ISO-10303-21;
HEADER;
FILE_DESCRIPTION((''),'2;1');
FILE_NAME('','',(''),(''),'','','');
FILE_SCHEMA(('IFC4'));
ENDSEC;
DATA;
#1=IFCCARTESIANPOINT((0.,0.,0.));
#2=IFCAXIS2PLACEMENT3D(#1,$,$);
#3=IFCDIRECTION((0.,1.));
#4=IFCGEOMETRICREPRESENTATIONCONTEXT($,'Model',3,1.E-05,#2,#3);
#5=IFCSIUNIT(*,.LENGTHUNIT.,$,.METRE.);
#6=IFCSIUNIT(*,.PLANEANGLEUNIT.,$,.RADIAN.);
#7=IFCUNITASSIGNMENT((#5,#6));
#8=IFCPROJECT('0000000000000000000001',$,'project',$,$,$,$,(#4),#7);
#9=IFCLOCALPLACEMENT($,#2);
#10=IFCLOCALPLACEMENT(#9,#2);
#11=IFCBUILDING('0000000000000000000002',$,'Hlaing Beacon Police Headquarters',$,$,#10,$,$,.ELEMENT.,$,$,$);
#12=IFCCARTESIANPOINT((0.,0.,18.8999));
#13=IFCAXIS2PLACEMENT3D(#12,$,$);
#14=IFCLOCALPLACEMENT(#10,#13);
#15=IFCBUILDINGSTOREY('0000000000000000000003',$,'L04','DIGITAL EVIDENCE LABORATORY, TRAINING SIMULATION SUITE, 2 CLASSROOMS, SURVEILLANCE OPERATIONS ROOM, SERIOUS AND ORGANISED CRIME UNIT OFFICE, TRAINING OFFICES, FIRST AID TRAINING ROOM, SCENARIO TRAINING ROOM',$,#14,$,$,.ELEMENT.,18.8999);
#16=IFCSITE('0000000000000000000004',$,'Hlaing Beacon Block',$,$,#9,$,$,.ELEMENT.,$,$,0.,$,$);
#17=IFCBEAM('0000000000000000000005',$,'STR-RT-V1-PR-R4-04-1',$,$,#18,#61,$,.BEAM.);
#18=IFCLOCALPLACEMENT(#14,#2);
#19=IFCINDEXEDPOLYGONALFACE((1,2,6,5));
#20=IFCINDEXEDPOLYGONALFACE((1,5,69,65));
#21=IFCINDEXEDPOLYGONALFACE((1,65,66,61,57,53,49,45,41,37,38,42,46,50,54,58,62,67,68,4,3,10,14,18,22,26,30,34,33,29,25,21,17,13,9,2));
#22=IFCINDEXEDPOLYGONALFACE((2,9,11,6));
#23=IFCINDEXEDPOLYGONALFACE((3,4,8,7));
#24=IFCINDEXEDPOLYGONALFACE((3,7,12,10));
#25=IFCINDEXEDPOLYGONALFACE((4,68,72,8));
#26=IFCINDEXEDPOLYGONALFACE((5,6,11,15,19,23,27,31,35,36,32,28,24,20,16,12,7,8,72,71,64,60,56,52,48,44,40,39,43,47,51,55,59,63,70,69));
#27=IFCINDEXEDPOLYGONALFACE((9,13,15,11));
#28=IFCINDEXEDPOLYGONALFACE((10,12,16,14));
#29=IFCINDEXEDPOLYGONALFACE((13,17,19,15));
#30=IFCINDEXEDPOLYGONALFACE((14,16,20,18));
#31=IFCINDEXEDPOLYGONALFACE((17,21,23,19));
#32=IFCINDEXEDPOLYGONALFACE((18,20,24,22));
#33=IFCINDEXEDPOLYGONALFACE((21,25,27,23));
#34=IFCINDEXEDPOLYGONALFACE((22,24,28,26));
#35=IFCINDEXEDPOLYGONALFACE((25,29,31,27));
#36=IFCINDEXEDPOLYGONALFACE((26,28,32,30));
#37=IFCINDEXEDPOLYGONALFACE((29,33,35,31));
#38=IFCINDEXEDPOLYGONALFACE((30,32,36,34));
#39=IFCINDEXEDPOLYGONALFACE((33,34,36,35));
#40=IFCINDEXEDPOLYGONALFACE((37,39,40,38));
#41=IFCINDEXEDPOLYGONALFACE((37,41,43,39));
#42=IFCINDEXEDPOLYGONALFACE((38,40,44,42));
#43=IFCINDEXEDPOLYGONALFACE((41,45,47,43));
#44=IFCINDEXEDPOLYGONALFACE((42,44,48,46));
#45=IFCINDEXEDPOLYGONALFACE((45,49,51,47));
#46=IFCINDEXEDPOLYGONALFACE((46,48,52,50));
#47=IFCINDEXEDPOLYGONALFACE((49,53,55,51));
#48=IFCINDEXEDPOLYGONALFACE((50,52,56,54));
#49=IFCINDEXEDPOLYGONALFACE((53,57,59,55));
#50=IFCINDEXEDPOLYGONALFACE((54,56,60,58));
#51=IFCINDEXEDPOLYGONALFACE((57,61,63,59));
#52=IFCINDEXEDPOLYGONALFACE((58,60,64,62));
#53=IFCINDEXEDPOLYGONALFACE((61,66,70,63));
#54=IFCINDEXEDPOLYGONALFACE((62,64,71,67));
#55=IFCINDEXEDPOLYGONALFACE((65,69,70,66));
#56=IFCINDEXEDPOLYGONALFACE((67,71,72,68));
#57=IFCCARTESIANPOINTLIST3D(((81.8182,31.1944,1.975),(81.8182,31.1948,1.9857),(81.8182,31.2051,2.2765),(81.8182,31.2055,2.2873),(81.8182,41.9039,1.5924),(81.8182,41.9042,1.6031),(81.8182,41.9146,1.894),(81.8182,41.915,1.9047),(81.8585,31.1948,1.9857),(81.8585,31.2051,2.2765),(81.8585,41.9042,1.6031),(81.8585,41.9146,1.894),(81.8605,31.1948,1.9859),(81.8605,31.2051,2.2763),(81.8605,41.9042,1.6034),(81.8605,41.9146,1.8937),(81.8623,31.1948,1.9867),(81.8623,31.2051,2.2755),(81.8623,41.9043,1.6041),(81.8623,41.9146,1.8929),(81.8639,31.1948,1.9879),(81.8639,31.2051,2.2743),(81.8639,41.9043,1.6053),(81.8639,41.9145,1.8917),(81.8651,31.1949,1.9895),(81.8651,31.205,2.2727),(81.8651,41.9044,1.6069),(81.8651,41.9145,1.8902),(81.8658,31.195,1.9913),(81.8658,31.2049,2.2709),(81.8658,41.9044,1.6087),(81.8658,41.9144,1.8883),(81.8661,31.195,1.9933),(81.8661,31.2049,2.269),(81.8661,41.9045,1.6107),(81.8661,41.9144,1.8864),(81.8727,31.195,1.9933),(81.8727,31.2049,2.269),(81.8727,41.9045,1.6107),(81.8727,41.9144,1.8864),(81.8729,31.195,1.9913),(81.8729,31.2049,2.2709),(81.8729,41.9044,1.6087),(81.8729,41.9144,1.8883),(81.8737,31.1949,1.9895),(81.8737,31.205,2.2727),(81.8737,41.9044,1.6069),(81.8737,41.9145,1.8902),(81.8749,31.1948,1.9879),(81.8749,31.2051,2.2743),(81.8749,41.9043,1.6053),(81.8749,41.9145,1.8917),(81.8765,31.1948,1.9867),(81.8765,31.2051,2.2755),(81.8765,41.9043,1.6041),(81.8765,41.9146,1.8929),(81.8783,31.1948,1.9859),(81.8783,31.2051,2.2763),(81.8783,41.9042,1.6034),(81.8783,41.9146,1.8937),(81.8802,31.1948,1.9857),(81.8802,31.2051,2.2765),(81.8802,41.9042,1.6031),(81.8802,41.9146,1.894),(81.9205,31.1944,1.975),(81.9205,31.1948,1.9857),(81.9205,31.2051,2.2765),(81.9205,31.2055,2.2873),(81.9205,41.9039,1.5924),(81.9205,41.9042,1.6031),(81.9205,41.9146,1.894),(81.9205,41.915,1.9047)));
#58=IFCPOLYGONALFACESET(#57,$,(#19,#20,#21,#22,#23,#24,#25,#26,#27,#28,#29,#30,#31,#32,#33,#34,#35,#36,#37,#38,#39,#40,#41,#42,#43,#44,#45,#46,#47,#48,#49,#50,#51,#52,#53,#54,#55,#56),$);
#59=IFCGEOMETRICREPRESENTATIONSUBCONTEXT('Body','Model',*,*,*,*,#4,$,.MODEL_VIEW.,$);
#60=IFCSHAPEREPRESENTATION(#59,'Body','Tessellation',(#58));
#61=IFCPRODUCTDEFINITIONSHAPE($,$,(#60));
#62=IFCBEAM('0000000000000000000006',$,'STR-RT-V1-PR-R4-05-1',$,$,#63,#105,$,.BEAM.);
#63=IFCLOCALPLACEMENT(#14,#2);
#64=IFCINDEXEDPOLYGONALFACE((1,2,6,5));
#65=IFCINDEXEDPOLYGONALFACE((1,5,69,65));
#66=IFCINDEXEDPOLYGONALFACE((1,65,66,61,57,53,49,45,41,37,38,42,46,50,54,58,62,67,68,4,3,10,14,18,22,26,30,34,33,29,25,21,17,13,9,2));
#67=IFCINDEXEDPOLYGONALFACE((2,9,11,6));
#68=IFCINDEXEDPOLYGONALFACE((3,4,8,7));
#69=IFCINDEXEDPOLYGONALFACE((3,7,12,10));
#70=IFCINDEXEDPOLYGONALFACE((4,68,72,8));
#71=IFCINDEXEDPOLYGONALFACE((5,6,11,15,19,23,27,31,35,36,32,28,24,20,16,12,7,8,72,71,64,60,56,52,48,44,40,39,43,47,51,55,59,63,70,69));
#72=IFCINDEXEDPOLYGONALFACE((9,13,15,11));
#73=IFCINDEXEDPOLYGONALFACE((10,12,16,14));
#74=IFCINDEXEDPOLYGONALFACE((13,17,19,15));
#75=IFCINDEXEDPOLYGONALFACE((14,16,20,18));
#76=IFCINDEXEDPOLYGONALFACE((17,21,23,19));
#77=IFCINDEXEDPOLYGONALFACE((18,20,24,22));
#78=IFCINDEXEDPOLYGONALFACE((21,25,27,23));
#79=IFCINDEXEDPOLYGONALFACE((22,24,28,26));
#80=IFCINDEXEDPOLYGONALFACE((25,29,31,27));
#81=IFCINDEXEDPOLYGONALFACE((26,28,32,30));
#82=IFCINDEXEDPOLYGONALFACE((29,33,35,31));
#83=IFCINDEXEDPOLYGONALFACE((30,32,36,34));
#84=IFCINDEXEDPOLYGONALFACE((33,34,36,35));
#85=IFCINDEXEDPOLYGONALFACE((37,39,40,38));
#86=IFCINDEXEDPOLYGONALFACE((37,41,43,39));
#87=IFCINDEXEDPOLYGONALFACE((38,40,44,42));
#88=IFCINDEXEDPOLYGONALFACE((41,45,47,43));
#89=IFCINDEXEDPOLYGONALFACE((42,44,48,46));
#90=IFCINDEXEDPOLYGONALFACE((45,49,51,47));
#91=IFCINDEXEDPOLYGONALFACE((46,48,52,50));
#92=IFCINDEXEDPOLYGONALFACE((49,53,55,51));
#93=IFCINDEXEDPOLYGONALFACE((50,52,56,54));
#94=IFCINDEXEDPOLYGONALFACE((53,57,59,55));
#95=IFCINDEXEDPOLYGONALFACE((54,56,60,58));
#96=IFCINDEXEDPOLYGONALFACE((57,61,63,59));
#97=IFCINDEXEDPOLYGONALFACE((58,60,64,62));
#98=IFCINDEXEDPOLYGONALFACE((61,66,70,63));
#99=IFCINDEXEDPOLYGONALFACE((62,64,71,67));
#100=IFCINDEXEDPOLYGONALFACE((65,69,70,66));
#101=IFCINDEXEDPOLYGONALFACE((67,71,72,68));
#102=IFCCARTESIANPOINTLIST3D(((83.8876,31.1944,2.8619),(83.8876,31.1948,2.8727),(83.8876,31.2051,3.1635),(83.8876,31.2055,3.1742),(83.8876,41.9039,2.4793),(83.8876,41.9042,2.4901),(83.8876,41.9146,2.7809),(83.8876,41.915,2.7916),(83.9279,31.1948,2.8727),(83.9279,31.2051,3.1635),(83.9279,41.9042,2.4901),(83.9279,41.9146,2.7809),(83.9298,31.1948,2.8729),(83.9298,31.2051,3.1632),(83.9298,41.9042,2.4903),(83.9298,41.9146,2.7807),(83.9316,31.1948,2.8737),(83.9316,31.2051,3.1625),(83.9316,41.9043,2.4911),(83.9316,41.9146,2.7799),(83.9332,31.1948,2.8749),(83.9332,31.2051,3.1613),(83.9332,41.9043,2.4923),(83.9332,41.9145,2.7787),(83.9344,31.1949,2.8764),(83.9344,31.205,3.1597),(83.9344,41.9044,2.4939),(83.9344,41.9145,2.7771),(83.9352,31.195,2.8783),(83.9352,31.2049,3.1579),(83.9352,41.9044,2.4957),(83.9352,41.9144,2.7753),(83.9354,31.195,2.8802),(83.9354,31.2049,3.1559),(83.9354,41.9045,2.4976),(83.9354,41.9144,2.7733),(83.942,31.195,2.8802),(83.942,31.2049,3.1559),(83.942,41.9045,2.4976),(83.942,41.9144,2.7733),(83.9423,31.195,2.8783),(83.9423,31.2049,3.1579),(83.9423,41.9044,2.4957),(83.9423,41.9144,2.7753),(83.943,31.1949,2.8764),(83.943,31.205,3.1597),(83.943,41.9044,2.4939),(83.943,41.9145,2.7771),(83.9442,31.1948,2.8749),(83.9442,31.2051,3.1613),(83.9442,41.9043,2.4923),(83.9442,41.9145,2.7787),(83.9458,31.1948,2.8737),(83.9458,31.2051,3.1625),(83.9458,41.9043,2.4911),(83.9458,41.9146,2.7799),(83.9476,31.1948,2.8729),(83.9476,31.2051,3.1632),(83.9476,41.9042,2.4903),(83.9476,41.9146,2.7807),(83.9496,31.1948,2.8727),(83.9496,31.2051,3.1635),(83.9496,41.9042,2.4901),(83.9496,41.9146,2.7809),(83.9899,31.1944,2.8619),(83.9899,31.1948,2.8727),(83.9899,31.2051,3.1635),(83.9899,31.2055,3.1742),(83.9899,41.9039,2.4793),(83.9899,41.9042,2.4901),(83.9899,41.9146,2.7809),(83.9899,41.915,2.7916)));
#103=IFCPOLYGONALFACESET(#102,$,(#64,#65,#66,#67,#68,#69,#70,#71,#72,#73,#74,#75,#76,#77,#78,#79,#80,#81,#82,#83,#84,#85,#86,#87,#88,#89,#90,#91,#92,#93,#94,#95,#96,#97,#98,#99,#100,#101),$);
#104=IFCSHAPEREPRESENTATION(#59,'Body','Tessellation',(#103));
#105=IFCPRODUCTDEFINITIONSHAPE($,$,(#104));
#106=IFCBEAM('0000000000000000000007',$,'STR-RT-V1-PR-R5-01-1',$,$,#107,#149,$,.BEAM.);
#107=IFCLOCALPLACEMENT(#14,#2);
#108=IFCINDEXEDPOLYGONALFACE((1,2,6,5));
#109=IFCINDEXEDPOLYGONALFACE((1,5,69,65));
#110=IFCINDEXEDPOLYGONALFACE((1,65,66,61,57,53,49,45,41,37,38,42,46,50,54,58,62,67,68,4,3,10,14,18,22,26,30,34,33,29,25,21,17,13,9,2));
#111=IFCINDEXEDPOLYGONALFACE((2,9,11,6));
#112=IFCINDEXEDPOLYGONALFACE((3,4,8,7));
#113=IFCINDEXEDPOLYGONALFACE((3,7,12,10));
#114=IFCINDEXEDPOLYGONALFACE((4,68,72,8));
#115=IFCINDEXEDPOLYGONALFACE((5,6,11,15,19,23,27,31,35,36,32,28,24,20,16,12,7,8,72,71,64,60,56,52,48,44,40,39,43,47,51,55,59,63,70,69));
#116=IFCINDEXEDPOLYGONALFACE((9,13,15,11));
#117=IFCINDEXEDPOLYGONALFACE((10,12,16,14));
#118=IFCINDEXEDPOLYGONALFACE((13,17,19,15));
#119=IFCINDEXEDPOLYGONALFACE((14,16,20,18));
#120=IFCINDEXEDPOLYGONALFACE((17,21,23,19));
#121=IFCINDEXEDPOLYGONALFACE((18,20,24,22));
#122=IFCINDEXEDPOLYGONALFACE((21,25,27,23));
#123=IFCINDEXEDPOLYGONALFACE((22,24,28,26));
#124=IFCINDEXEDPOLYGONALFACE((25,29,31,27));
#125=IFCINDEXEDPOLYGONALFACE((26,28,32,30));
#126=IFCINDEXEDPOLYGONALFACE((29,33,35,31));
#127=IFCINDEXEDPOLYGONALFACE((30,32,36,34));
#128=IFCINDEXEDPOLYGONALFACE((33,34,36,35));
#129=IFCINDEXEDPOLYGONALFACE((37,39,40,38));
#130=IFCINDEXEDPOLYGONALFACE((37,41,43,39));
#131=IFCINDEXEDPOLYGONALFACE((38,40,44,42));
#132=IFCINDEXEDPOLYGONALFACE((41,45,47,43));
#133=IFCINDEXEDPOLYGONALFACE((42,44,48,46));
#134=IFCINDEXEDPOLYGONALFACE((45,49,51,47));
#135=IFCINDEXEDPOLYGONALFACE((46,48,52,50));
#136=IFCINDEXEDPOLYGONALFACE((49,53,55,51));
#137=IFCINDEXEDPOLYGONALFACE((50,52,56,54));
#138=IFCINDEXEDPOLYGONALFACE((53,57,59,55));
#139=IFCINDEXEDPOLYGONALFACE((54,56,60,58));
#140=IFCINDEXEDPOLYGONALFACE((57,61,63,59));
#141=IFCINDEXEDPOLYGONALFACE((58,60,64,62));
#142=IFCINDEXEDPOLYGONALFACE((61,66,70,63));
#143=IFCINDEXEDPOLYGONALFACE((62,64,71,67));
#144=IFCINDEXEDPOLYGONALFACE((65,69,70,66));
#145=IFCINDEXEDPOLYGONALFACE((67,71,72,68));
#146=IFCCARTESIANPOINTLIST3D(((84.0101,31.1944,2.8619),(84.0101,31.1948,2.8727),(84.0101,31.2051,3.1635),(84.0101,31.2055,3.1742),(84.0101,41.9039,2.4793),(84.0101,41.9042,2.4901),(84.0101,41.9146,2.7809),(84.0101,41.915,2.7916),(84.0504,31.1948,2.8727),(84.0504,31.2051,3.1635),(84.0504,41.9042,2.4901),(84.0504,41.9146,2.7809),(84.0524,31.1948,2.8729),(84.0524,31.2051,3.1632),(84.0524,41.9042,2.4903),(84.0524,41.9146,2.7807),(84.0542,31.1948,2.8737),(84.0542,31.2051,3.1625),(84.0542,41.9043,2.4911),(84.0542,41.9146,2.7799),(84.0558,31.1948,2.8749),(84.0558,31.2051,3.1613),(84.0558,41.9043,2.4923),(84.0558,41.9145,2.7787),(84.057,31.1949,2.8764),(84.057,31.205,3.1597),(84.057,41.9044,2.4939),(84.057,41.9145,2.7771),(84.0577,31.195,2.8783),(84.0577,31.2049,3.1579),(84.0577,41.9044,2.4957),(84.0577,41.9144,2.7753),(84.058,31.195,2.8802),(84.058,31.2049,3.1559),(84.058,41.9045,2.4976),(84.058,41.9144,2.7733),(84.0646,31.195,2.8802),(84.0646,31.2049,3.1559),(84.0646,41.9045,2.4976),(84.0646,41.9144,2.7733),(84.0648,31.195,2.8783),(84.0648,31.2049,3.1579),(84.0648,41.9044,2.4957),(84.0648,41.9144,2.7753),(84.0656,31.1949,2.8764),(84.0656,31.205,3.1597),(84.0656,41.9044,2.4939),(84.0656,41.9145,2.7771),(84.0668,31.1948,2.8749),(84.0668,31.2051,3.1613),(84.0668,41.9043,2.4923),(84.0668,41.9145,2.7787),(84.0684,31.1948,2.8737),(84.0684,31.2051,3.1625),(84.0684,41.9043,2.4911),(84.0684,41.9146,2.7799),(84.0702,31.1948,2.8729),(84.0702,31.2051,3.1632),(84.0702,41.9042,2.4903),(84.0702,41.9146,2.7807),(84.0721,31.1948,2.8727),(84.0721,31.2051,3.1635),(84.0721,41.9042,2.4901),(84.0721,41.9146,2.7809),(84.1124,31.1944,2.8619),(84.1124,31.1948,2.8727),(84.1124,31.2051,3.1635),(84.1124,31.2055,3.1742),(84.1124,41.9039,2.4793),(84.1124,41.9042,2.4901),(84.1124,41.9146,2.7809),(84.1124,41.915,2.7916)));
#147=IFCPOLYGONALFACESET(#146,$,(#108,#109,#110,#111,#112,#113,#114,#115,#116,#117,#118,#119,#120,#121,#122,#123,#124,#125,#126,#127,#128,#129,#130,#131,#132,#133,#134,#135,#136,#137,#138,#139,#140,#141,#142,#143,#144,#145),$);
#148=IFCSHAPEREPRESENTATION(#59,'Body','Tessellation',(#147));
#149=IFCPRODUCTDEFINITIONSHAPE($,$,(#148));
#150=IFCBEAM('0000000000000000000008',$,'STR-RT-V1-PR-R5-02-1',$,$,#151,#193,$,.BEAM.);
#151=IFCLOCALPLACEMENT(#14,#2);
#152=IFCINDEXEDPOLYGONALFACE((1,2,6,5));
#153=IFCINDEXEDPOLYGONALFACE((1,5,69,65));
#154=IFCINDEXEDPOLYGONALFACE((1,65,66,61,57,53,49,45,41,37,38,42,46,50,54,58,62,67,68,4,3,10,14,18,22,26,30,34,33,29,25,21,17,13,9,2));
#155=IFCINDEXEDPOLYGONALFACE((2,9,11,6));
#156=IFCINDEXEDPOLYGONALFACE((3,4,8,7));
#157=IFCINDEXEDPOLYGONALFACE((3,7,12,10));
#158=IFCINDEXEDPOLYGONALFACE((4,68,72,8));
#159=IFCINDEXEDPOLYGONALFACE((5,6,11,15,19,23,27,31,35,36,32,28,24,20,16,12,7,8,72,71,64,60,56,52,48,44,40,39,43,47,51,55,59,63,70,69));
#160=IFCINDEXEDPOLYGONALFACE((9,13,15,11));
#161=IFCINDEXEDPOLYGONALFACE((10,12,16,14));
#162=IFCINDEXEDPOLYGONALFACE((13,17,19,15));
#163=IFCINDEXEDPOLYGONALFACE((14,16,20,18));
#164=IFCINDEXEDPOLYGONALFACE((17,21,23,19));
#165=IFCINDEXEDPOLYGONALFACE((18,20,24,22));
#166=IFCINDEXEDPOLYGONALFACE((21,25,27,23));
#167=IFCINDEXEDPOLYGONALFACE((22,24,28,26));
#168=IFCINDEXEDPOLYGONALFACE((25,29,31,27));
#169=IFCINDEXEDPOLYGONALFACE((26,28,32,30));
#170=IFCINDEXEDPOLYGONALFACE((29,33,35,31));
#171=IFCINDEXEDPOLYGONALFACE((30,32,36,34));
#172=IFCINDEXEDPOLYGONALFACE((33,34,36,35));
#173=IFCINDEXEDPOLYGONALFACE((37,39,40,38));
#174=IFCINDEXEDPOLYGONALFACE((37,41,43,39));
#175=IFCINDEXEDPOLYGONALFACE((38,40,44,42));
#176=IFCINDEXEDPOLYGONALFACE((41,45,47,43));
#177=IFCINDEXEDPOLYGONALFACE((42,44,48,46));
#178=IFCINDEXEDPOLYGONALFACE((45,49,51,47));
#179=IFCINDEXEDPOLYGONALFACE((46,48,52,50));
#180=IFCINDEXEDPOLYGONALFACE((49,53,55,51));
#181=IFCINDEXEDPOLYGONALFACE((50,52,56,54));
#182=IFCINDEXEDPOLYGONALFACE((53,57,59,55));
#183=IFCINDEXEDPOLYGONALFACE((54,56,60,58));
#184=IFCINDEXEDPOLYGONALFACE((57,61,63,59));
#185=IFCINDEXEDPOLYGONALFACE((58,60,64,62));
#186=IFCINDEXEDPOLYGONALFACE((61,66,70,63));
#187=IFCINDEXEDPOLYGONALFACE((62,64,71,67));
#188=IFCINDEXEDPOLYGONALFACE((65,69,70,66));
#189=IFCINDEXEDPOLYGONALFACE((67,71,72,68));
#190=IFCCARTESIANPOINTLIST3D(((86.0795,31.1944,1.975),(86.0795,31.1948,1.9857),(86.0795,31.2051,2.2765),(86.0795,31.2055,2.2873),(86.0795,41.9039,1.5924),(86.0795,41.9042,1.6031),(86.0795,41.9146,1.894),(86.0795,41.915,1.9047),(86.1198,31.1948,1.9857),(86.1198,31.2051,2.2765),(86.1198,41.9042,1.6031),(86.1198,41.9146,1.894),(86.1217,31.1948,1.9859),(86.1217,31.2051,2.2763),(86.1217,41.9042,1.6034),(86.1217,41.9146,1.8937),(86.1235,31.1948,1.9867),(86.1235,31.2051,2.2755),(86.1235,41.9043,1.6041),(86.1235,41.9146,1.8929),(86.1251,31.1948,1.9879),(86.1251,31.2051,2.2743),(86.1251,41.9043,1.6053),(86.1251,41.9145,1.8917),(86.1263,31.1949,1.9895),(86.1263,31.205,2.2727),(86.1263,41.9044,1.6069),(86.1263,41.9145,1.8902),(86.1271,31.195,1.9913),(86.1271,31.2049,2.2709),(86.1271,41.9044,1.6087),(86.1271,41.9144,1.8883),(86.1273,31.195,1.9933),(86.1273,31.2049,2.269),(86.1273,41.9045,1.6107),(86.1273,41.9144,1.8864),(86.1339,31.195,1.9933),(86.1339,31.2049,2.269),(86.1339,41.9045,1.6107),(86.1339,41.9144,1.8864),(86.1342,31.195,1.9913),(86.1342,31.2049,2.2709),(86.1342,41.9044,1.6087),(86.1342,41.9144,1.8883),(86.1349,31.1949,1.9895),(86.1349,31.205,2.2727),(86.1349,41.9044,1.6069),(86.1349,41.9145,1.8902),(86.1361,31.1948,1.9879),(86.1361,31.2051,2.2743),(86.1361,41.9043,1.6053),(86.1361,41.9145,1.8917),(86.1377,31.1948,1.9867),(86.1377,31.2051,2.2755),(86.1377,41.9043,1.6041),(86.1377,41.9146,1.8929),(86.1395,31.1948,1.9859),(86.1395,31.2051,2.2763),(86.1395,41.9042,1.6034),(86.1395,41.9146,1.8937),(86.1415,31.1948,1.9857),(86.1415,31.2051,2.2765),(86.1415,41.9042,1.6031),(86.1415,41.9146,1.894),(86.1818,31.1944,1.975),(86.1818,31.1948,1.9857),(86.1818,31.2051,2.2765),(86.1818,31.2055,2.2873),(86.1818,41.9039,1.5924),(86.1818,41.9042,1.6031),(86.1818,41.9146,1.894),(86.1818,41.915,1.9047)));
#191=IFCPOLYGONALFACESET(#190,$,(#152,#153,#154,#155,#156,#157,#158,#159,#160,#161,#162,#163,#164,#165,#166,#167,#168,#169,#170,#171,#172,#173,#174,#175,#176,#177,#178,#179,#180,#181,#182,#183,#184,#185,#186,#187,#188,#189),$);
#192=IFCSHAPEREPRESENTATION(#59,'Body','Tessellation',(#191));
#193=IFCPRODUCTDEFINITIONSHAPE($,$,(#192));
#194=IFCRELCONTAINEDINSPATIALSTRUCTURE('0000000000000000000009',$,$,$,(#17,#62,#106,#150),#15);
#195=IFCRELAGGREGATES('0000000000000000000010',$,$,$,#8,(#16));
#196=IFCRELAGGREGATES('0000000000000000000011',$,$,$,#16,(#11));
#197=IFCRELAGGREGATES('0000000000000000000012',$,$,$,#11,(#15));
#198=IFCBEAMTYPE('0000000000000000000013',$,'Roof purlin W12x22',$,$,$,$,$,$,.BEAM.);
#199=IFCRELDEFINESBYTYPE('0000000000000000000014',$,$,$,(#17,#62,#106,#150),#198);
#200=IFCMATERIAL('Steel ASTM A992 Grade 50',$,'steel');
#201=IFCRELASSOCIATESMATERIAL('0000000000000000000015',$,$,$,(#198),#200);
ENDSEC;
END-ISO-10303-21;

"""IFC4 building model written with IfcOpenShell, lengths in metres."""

from ifc_helpers import new_model, si_unit, direction, frame, origin, origin_2d, place, context, subcontext, project, spatial, i_section, extrude, material, material_profile, profile_set, type_object, element, save


model = new_model("IFC4")

# Units and contexts
model_context = context("Model", 3, precision=1e-05, world=origin(), true_north=direction((0.0, 1.0)))
body_context = subcontext(model_context, "Body", "Model", "MODEL_VIEW")
ifc_project = project(units=[si_unit("LENGTHUNIT", "METRE"), si_unit("PLANEANGLEUNIT", "RADIAN")], contexts=[model_context])

# Site, building, storey
site_placement = place(None, origin())
site = spatial("IfcSite", under=ifc_project, at=site_placement, Name="Hlaing Beacon Block", CompositionType="ELEMENT", RefElevation=0.0)
building_placement = place(site_placement, origin())
building = spatial("IfcBuilding", under=site, at=building_placement, Name="Hlaing Beacon Police Headquarters", CompositionType="ELEMENT")
storey_placement = place(building_placement, frame((0.0, 0.0, 18.8999)))
storey = spatial("IfcBuildingStorey", under=building, at=storey_placement, Name="L04", Description="DIGITAL EVIDENCE LABORATORY, TRAINING SIMULATION SUITE, 2 CLASSROOMS, SURVEILLANCE OPERATIONS ROOM, SERIOUS AND ORGANISED CRIME UNIT OFFICE, TRAINING OFFICES, FIRST AID TRAINING ROOM, SCENARIO TRAINING ROOM", CompositionType="ELEMENT", Elevation=18.8999)

# Beams
ifc_material_1 = material(Name="Steel ASTM A992 Grade 50", Category="steel")
ifc_material_profile_1 = material_profile(ifc_material_1, i_section(OverallWidth=0.1023, OverallDepth=0.3125, WebThickness=0.0066, FlangeThickness=0.0107, FilletRadius=0.0076, at=origin_2d()), Name="W12x22")
ifc_profile_set_1 = profile_set([ifc_material_profile_1], Name="Steel ASTM A992 Grade 50")
beam_type_1 = type_object("IfcBeamType", Name="Roof purlin W12x22", PredefinedType="BEAM", material=ifc_profile_set_1)
for number, where, z_axis, x_axis, name in (
    (1, (81.8694, 31.2, 2.1311), (0.0, 0.999363, -0.0357), (-1.0, 0.0, 0.0), "STR-RT-V1-PR-R4-04-1"),
    (2, (83.9387, 31.2, 3.0181), (0.0, 0.999363, -0.0357), (-1.0, 0.0, 0.0), "STR-RT-V1-PR-R4-05-1"),
    (3, (84.0613, 31.2, 3.0181), (0.0, 0.999363, -0.0357), (-1.0, 0.0, 0.0), "STR-RT-V1-PR-R5-01-1"),
    (4, (86.1306, 31.2, 2.1311), (0.0, 0.999363, -0.0357), (-1.0, 0.0, 0.0), "STR-RT-V1-PR-R5-02-1"),
):
    element("IfcBeam", number, at=place(storey_placement, frame(where, z_axis=z_axis, x_axis=x_axis)), inside=storey, type_object=beam_type_1, Name=name, PredefinedType="BEAM", context=body_context, shape_type="SweptSolid", body=[
        extrude(i_section(OverallWidth=0.1023, OverallDepth=0.3125, WebThickness=0.0066, FlangeThickness=0.0107, FilletRadius=0.0076, at=origin_2d()), origin(), (0.0, 0.0, 1.0), 10.7163),
    ])

save(model, "model.ifc")
